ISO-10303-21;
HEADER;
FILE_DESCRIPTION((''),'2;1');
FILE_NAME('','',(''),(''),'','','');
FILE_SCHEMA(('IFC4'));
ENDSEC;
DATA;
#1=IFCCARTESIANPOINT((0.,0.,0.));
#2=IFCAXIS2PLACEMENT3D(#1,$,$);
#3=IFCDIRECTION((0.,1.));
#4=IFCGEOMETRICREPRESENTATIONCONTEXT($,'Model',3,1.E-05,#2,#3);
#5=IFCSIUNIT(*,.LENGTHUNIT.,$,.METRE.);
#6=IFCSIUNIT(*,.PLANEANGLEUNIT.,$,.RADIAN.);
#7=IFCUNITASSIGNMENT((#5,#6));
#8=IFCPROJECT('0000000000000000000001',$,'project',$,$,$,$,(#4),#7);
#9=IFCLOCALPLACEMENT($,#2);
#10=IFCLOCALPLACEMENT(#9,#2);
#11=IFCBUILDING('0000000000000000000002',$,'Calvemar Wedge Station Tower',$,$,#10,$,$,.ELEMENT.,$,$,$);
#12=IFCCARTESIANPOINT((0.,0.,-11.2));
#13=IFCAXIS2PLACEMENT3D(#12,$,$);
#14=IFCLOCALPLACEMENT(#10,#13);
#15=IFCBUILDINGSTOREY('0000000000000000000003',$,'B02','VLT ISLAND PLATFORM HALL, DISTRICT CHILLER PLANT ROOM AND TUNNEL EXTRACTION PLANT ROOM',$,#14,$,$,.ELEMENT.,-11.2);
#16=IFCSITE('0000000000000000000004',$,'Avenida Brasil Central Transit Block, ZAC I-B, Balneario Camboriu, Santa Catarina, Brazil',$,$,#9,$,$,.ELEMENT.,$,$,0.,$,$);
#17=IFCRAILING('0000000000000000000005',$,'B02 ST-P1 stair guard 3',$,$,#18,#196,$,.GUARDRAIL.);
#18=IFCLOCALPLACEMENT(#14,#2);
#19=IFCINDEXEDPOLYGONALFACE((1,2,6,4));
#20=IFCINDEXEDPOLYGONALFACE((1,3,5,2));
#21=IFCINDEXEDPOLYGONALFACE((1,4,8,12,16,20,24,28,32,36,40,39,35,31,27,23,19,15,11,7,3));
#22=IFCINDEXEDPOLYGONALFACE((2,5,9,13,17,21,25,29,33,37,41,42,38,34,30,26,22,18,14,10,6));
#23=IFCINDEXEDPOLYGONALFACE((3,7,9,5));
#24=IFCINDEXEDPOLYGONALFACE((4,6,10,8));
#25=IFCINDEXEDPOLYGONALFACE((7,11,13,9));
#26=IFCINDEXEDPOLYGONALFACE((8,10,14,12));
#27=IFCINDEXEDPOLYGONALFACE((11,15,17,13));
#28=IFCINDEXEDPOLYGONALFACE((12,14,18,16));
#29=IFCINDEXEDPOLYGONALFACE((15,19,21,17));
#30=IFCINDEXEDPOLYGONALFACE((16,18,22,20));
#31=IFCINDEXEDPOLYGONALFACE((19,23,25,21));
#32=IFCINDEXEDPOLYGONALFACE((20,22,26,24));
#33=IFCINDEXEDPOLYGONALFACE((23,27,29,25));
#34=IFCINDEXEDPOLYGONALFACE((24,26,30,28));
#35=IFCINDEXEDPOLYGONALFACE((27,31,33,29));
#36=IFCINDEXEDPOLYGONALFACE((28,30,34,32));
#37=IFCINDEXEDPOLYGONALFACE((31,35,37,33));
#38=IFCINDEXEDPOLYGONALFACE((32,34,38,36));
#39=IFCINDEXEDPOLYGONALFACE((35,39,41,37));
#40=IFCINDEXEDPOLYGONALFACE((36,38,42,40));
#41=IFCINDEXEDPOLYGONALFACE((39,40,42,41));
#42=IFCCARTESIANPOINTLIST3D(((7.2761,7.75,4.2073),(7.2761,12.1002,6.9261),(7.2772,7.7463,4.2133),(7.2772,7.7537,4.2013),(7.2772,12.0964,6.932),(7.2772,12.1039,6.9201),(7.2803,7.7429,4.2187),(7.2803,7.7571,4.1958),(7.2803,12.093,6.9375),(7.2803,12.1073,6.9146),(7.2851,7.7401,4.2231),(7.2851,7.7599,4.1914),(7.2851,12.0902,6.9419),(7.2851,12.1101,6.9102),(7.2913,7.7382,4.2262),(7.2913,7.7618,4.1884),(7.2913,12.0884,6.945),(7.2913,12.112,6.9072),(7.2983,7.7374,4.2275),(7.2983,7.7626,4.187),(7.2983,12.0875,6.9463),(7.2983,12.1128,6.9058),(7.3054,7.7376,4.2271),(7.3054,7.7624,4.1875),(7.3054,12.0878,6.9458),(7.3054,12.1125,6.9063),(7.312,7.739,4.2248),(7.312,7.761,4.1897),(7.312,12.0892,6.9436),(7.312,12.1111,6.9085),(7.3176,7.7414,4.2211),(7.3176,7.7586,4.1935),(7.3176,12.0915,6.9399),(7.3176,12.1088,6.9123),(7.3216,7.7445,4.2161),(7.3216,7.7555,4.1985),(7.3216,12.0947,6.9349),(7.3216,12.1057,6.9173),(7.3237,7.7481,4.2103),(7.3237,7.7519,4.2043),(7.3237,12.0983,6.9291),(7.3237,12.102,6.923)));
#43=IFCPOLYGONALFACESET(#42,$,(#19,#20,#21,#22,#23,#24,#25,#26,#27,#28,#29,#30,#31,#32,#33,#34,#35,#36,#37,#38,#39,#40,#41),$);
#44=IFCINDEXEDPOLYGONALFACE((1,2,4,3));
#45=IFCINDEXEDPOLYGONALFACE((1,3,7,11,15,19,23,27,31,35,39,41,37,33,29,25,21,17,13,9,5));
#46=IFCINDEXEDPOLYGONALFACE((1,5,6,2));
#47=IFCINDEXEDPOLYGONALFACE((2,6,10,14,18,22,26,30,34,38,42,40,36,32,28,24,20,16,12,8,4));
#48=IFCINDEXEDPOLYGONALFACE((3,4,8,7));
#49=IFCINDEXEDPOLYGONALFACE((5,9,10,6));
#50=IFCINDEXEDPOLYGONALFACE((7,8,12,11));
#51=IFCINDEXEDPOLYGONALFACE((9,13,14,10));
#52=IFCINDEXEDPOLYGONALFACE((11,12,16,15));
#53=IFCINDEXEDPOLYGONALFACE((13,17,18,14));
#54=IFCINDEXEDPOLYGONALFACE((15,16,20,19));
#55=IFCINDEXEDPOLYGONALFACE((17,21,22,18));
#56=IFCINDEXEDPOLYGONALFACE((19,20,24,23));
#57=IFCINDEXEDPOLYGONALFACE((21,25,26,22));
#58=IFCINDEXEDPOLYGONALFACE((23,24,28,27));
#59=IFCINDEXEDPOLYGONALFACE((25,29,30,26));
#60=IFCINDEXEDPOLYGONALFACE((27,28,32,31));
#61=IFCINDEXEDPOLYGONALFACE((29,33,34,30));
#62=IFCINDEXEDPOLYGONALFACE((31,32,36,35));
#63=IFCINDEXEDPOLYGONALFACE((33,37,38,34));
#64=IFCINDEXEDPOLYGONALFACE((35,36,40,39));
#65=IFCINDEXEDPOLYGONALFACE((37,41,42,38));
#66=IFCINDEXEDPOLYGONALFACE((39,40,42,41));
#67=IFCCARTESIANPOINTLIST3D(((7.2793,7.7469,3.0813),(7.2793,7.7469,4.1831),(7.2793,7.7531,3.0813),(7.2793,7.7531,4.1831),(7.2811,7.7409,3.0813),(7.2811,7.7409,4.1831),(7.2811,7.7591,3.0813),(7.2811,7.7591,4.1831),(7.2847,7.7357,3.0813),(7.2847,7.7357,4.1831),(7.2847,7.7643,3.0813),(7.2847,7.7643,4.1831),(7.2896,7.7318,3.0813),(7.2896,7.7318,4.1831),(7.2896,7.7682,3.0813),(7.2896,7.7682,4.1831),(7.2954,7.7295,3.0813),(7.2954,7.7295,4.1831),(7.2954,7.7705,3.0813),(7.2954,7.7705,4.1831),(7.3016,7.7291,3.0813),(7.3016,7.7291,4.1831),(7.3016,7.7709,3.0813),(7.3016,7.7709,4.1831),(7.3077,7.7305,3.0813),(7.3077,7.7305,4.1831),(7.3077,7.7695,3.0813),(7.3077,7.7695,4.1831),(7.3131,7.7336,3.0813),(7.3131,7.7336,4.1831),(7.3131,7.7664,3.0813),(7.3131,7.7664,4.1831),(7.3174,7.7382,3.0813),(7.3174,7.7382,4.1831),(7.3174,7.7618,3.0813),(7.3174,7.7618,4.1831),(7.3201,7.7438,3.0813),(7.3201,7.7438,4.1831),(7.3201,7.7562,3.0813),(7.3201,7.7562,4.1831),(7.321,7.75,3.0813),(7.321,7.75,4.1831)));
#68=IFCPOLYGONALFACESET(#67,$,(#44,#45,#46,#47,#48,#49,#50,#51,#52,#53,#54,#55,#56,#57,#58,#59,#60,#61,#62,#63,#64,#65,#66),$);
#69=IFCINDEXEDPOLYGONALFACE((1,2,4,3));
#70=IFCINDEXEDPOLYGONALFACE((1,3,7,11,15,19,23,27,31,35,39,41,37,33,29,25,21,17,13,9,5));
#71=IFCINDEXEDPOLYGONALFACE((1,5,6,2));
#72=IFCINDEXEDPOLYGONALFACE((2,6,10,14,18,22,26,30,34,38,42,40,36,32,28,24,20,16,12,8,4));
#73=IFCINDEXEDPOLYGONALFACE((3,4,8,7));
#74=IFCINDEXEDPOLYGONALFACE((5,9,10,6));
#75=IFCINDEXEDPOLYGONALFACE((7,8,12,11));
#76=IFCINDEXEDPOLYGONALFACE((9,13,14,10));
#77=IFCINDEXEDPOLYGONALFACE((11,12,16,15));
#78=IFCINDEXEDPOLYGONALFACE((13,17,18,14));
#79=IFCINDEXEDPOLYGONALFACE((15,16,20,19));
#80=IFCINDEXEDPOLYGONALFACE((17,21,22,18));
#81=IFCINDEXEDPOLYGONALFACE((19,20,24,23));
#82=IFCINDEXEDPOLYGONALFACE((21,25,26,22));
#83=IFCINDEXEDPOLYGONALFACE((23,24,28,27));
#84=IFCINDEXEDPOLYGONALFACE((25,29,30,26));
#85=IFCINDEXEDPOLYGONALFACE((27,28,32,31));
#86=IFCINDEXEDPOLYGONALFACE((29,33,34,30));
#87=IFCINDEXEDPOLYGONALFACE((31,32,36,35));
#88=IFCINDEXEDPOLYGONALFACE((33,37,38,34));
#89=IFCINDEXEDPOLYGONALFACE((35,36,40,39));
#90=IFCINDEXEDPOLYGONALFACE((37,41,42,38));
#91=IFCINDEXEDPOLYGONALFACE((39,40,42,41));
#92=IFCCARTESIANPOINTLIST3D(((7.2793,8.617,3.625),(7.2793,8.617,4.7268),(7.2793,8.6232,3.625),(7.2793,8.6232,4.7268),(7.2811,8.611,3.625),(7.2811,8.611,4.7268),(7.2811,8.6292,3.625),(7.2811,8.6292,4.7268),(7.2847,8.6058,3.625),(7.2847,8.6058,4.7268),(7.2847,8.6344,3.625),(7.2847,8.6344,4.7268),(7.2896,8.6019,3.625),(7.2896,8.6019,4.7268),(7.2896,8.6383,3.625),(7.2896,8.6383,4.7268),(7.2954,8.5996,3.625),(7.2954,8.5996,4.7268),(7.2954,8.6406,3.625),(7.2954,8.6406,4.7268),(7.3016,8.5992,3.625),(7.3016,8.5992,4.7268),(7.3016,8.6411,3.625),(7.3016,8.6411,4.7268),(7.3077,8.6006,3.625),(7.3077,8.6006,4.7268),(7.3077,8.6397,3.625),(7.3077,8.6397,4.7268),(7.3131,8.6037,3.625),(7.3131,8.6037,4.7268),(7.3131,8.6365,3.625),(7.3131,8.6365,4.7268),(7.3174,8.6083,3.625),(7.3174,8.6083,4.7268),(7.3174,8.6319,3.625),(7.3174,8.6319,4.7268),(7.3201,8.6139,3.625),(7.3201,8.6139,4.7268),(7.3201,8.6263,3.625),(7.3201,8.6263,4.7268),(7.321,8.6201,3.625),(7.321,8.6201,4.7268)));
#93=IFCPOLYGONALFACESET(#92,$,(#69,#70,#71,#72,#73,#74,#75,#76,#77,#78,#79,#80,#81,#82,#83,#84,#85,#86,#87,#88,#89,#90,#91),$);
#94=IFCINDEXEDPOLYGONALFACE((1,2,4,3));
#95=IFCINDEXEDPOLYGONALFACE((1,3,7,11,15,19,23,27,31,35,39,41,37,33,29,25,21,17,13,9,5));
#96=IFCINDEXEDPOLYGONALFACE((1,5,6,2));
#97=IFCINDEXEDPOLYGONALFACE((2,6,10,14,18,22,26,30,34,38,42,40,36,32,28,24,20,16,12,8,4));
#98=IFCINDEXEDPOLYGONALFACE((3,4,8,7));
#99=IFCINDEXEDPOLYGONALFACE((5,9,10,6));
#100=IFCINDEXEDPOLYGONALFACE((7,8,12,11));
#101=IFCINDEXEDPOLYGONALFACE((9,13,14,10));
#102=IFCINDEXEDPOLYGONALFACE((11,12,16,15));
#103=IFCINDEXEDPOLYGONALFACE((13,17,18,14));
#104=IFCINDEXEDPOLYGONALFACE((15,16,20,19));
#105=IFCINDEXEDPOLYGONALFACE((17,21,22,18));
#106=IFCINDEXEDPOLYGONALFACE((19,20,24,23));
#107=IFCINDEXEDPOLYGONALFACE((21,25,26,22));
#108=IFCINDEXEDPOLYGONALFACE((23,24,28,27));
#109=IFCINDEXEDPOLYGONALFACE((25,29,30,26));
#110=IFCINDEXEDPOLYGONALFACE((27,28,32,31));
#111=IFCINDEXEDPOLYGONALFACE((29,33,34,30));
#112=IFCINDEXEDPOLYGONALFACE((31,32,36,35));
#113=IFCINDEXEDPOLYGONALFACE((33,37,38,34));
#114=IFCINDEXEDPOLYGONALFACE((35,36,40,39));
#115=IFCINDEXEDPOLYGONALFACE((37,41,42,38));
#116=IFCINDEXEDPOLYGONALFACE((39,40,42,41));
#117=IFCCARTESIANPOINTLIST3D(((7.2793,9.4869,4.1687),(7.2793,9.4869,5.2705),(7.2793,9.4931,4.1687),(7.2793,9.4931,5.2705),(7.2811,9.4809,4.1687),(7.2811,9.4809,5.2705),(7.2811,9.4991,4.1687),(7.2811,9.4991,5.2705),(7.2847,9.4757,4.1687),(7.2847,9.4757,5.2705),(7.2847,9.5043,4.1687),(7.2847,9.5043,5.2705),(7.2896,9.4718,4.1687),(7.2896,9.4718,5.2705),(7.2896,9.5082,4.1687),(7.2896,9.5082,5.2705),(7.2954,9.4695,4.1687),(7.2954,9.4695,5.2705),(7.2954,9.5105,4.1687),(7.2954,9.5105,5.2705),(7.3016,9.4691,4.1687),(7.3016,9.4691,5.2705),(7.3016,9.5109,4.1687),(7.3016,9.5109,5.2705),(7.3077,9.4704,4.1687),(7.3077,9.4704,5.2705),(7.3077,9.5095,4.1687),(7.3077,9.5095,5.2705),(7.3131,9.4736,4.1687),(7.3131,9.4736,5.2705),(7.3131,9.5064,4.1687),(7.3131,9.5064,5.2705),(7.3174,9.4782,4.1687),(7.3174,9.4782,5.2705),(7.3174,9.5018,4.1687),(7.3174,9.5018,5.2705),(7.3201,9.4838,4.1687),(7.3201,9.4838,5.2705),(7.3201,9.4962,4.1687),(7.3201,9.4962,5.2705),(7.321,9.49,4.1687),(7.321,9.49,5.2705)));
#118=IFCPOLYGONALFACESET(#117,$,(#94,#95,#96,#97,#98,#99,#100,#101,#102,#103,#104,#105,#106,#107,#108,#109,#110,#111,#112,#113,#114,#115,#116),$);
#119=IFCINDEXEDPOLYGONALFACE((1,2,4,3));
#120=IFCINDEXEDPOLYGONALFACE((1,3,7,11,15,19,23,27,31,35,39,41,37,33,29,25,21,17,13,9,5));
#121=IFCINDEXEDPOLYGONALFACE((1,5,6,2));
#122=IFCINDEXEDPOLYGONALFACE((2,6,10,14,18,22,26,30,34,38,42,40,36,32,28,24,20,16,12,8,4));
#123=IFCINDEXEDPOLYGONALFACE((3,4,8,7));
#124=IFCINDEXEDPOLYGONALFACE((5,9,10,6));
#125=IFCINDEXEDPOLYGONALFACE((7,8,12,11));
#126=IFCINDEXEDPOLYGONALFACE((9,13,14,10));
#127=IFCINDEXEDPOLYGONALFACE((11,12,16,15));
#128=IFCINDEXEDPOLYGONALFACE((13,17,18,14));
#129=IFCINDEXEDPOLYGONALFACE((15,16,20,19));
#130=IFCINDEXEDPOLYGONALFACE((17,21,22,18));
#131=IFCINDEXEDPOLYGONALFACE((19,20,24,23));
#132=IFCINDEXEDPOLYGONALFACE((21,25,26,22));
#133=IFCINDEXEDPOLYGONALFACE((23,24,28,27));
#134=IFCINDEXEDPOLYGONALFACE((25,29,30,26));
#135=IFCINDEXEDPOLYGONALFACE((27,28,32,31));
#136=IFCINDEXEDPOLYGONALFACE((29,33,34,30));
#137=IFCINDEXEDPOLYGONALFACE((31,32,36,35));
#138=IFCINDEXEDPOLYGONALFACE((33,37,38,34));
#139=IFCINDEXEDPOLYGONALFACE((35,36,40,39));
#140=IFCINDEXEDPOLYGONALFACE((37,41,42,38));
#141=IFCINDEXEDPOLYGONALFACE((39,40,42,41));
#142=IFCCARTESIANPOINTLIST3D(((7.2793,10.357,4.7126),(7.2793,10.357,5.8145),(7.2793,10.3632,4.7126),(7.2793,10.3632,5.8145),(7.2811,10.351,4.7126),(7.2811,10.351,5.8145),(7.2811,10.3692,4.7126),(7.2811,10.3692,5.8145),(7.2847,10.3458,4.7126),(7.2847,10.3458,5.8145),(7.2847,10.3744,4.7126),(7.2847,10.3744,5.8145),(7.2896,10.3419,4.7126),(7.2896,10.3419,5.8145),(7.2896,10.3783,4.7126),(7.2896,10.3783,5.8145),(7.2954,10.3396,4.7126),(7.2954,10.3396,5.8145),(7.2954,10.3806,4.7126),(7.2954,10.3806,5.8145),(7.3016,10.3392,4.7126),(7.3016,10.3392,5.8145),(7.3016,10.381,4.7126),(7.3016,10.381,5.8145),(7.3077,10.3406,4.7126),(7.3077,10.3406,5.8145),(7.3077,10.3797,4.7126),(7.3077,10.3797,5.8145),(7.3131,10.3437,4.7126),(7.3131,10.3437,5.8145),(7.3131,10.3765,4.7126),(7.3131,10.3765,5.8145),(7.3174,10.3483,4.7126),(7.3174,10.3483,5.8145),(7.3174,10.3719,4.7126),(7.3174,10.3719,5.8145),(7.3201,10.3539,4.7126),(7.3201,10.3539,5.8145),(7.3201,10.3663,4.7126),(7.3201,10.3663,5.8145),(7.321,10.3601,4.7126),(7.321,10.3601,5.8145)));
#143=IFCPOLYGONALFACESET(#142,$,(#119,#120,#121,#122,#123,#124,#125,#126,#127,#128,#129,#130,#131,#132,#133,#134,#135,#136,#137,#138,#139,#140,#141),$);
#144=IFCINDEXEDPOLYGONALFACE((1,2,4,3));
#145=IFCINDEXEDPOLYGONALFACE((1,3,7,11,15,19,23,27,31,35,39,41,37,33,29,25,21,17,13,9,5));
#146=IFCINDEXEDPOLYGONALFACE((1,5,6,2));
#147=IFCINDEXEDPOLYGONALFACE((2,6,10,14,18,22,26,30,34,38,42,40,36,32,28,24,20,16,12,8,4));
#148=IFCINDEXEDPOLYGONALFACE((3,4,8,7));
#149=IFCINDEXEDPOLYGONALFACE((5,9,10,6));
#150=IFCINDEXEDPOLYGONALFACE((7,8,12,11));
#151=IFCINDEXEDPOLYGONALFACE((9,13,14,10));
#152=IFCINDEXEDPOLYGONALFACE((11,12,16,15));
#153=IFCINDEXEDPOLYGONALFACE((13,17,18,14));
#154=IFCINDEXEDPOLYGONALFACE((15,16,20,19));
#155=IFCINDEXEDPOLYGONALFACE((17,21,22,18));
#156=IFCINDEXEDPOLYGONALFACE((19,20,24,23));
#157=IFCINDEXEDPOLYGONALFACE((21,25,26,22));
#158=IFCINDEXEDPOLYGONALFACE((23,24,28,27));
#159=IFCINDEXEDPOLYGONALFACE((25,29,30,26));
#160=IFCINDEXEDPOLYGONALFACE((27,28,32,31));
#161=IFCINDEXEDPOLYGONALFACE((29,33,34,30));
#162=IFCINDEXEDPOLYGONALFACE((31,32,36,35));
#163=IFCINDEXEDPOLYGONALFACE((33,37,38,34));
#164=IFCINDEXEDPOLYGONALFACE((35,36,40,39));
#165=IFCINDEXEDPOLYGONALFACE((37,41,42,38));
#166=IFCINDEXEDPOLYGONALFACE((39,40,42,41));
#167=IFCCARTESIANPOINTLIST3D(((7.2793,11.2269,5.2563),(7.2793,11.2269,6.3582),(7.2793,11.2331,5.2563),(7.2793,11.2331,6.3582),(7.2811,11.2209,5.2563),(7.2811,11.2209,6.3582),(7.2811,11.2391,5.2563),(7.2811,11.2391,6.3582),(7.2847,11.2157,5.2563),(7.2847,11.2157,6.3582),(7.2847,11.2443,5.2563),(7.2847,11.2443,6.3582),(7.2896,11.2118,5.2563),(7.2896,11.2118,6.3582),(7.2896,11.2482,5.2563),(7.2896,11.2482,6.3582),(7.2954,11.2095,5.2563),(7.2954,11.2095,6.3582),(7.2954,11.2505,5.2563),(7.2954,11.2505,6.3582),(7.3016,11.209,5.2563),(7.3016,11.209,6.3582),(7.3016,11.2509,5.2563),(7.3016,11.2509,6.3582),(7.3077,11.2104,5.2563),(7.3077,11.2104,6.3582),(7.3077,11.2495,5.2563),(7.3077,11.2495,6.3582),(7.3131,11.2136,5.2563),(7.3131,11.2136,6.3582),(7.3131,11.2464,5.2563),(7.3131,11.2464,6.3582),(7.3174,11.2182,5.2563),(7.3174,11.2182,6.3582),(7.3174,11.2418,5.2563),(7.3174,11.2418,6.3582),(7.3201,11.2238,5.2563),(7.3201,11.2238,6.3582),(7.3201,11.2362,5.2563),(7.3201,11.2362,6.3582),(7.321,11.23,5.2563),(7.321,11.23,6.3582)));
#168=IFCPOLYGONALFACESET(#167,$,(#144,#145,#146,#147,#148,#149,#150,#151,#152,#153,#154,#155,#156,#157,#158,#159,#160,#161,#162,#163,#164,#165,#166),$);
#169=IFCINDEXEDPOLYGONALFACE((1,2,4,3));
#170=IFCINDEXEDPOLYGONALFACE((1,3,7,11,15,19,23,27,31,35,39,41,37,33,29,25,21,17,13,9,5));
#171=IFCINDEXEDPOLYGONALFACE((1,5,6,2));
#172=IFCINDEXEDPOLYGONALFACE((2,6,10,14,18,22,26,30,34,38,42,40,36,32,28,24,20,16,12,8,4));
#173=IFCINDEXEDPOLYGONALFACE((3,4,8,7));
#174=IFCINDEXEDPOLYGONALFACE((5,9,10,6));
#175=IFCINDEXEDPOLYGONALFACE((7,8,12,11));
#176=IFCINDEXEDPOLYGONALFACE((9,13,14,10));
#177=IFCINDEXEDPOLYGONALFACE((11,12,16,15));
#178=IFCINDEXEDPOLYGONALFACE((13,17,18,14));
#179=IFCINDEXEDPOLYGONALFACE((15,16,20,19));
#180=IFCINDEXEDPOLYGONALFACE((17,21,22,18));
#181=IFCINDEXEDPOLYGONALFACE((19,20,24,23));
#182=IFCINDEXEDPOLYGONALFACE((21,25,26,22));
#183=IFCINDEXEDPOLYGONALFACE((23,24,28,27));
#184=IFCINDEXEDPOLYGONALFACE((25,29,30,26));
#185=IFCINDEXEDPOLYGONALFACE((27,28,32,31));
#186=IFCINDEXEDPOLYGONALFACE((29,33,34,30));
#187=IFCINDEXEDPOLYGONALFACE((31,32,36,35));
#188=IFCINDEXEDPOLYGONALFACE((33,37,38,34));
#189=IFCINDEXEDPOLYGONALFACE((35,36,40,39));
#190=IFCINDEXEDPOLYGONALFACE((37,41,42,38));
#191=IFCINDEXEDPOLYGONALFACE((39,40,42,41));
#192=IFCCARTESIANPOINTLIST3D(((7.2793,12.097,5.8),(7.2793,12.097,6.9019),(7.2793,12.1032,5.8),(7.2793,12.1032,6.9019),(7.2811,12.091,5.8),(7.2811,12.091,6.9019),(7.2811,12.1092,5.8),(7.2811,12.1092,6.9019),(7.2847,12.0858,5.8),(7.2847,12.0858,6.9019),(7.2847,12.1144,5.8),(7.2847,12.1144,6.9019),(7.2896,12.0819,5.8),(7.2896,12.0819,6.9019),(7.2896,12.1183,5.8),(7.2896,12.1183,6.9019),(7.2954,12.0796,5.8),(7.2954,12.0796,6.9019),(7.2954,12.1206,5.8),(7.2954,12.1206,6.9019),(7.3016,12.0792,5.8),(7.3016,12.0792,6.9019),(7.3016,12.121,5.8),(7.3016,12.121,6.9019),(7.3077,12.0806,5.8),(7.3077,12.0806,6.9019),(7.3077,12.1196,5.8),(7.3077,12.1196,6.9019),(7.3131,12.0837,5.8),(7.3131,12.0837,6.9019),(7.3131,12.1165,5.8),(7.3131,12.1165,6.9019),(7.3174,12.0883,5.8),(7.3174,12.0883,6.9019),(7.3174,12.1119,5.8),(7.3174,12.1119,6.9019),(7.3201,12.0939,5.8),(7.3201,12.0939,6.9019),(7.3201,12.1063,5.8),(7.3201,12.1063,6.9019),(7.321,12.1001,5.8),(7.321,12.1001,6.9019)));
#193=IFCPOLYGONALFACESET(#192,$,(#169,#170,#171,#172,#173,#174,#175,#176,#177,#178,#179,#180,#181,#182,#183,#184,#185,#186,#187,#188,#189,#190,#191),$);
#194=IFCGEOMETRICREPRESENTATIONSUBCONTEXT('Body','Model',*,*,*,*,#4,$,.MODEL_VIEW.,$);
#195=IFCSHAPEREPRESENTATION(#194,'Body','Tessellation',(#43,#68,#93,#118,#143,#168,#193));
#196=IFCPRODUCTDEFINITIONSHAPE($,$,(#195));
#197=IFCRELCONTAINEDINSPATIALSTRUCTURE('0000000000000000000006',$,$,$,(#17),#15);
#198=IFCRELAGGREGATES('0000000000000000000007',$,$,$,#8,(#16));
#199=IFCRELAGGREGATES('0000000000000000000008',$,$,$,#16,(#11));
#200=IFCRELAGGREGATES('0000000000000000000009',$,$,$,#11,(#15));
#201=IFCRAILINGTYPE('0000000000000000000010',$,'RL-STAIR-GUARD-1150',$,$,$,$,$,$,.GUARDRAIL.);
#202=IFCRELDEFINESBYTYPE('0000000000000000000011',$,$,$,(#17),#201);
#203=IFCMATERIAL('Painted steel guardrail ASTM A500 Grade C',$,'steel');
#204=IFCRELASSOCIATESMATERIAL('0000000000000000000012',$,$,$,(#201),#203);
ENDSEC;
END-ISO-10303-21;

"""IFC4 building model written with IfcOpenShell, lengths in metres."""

from ifc_helpers import new_model, si_unit, direction, frame, origin, origin_2d, place, context, subcontext, project, spatial, circle, extrude, material, type_object, element, save


model = new_model("IFC4")

# Units and contexts
model_context = context("Model", 3, precision=1e-05, world=origin(), true_north=direction((0.0, 1.0)))
body_context = subcontext(model_context, "Body", "Model", "MODEL_VIEW")
ifc_project = project(units=[si_unit("LENGTHUNIT", "METRE"), si_unit("PLANEANGLEUNIT", "RADIAN")], contexts=[model_context])

# Site, building, storey
site_placement = place(None, origin())
site = spatial("IfcSite", under=ifc_project, at=site_placement, Name="Avenida Brasil Central Transit Block, ZAC I-B, Balneario Camboriu, Santa Catarina, Brazil", CompositionType="ELEMENT", RefElevation=0.0)
building_placement = place(site_placement, origin())
building = spatial("IfcBuilding", under=site, at=building_placement, Name="Calvemar Wedge Station Tower", CompositionType="ELEMENT")
storey_placement = place(building_placement, frame((0.0, 0.0, -11.2)))
storey = spatial("IfcBuildingStorey", under=building, at=storey_placement, Name="B02", Description="VLT ISLAND PLATFORM HALL, DISTRICT CHILLER PLANT ROOM AND TUNNEL EXTRACTION PLANT ROOM", CompositionType="ELEMENT", Elevation=-11.2)

# Railing
ifc_material_1 = material(Name="Painted steel guardrail ASTM A500 Grade C", Category="steel")
railing_type_1 = type_object("IfcRailingType", Name="RL-STAIR-GUARD-1150", PredefinedType="GUARDRAIL", material=ifc_material_1)
railing_1_placement = place(storey_placement, frame((7.3, 7.75, 3.0813)))
element("IfcRailing", 1, at=railing_1_placement, inside=storey, type_object=railing_type_1, Name="B02 ST-P1 stair guard 3", PredefinedType="GUARDRAIL", context=body_context, shape_type="SweptSolid", body=[
    extrude(circle(Radius=0.0239, at=origin_2d()), frame((0.0, 0.0, 1.126), z_axis=(0.0, 0.848004, 0.52999), x_axis=(-1.0, 0.0, 0.0)), (0.0, 0.0, 1.0), 5.1299),
    extrude(circle(Radius=0.021, at=origin_2d()), origin(), (0.0, 0.0, 1.0), 1.1018),
    extrude(circle(Radius=0.021, at=origin_2d()), frame((0.0, 0.8701, 0.5437)), (0.0, 0.0, 1.0), 1.1018),
    extrude(circle(Radius=0.021, at=origin_2d()), frame((0.0, 1.74, 1.0874)), (0.0, 0.0, 1.0), 1.1018),
    extrude(circle(Radius=0.021, at=origin_2d()), frame((0.0, 2.6101, 1.6313)), (0.0, 0.0, 1.0), 1.1018),
    extrude(circle(Radius=0.021, at=origin_2d()), frame((0.0, 3.48, 2.175)), (0.0, 0.0, 1.0), 1.1018),
    extrude(circle(Radius=0.021, at=origin_2d()), frame((0.0, 4.3501, 2.7188)), (0.0, 0.0, 1.0), 1.1018),
])

save(model, "model.ifc")
